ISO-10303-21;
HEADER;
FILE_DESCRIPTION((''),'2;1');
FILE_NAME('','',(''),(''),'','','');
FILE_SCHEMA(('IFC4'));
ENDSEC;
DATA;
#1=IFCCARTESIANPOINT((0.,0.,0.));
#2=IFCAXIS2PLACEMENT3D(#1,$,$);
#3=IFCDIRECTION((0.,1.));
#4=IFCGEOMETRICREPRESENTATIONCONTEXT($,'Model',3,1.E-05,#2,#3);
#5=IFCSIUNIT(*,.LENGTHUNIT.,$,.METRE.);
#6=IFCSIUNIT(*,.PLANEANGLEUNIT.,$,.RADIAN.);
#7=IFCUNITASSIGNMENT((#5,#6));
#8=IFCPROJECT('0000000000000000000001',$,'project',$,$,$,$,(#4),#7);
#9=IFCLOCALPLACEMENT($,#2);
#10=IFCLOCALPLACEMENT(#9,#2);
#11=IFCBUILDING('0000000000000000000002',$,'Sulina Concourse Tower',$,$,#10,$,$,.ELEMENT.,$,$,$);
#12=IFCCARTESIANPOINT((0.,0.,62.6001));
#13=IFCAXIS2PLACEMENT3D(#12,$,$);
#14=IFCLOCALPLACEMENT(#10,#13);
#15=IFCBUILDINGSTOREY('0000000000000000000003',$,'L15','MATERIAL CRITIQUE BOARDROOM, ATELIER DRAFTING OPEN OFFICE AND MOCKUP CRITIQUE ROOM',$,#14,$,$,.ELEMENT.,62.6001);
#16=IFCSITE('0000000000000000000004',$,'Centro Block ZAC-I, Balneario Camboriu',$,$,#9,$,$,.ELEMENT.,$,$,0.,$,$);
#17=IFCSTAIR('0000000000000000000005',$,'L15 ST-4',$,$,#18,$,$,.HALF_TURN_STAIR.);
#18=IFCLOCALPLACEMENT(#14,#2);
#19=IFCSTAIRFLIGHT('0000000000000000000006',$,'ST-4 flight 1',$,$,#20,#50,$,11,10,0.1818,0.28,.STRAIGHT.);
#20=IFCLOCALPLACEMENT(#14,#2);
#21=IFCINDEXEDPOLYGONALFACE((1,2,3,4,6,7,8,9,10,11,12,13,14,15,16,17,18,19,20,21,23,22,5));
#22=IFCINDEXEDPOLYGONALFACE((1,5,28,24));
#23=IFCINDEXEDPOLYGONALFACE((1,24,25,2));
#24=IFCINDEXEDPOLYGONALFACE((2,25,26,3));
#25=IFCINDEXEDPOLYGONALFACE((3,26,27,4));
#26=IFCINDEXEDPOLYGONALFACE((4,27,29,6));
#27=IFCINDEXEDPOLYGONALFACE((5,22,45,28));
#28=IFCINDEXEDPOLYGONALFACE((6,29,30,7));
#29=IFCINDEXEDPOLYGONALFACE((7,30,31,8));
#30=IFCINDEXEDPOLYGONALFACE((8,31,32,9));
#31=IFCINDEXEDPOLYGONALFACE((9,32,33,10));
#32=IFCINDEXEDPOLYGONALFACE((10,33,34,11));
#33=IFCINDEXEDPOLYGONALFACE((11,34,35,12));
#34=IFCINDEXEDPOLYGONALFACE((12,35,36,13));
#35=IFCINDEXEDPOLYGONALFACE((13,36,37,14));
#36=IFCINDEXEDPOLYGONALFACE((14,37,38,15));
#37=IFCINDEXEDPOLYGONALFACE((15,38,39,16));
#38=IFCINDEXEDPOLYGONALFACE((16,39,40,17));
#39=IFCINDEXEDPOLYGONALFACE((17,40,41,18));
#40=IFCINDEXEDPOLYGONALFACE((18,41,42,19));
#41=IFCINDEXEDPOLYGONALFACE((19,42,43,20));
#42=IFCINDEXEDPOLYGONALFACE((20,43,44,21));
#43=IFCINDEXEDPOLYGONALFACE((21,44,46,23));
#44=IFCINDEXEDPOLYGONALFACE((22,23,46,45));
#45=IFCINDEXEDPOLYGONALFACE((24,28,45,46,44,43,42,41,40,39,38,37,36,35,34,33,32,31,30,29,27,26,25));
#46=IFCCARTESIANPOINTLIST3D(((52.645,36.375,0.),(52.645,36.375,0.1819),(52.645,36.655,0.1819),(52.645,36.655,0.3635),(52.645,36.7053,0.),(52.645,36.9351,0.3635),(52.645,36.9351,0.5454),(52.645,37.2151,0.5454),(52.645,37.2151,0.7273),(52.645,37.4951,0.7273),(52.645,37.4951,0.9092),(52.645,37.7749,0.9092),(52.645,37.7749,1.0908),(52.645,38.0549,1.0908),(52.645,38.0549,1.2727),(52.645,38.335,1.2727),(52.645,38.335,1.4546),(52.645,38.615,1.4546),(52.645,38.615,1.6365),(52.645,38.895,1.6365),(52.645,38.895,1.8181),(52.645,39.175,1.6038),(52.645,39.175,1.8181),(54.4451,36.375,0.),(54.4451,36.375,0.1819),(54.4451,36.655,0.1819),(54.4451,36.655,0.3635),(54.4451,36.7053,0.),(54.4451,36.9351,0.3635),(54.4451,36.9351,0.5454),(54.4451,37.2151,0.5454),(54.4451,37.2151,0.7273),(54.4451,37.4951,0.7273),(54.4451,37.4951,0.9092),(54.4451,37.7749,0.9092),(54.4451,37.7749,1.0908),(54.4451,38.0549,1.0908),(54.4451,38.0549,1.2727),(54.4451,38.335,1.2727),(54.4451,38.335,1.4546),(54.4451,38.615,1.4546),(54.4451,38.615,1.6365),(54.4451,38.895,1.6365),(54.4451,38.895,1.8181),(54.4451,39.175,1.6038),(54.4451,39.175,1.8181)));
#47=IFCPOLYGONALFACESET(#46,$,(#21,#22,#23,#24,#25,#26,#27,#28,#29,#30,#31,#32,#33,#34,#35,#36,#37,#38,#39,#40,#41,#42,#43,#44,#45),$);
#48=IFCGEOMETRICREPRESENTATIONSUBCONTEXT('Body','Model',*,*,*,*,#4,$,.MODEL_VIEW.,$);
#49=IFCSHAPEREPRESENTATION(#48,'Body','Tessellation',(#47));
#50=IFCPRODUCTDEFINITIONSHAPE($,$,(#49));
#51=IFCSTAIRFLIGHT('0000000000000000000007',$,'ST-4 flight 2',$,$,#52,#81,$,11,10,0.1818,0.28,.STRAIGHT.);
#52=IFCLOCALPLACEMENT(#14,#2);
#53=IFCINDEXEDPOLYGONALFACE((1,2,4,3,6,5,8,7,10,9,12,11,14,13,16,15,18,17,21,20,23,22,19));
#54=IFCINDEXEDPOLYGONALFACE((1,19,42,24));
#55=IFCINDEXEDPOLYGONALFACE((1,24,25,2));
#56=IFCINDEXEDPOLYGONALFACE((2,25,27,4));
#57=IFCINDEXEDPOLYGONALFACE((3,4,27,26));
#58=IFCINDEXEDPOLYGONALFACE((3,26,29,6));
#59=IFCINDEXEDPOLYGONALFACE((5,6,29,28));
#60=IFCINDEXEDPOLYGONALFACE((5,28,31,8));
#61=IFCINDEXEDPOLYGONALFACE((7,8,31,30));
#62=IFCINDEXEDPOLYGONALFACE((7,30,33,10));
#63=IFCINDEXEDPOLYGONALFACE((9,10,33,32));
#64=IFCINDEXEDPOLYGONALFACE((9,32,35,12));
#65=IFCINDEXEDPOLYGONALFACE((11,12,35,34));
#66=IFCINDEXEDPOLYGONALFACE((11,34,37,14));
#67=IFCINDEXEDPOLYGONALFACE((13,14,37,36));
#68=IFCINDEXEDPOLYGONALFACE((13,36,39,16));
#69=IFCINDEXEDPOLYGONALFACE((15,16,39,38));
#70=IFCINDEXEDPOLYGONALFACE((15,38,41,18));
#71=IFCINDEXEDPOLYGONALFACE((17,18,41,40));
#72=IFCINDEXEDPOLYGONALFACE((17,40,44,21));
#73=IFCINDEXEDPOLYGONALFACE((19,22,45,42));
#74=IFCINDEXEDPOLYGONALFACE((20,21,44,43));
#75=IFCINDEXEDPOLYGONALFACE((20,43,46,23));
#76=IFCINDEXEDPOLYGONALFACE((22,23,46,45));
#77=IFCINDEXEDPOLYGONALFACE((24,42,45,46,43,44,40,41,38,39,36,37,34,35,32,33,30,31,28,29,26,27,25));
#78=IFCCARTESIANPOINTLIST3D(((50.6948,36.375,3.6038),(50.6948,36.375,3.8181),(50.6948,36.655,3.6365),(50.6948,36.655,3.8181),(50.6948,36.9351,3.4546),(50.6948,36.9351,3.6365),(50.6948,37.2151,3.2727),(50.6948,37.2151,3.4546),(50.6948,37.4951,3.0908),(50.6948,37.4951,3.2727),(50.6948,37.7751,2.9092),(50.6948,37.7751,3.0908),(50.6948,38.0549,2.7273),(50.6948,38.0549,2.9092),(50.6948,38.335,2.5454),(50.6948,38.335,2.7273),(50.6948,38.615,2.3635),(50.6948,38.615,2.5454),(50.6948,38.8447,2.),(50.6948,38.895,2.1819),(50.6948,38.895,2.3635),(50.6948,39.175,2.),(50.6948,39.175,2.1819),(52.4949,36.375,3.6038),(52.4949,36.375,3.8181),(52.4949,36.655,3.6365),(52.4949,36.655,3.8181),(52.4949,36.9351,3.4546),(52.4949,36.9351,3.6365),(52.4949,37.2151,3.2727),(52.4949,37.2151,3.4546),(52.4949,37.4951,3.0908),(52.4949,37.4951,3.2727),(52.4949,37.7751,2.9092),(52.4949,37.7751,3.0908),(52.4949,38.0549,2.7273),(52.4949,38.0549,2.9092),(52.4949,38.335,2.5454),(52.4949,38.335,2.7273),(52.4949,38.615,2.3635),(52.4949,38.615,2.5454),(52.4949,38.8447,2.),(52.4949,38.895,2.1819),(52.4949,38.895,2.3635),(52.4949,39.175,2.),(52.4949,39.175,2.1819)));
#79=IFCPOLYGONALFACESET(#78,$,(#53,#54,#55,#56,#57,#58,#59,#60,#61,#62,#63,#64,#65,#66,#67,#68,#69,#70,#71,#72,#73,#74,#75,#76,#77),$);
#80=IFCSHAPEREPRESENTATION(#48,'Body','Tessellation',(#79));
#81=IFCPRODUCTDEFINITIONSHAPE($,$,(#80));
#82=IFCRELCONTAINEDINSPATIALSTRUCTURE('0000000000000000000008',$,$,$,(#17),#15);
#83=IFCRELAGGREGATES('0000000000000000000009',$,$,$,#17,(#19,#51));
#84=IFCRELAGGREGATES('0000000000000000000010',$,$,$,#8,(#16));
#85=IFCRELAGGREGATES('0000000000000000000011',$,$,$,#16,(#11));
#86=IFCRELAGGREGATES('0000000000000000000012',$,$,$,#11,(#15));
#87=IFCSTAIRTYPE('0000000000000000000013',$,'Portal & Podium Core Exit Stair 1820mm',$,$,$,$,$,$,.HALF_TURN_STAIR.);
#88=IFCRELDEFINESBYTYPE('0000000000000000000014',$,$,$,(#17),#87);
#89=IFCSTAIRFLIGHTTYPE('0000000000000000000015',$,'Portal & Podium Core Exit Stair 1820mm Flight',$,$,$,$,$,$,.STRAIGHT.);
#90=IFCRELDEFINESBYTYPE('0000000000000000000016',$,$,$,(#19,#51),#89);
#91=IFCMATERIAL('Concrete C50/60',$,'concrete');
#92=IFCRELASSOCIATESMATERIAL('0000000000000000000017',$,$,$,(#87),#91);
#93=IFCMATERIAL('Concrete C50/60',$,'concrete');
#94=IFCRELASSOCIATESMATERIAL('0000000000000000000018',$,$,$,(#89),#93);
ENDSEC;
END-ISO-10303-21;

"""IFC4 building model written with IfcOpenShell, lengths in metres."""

from ifc_helpers import new_model, si_unit, direction, frame, origin, place, context, subcontext, project, spatial, polyline, outline, extrude, material, type_object, element, aggregate, save


model = new_model("IFC4")

# Units and contexts
model_context = context("Model", 3, precision=1e-05, world=origin(), true_north=direction((0.0, 1.0)))
body_context = subcontext(model_context, "Body", "Model", "MODEL_VIEW")
ifc_project = project(units=[si_unit("LENGTHUNIT", "METRE"), si_unit("PLANEANGLEUNIT", "RADIAN")], contexts=[model_context])

# Site, building, storey
site_placement = place(None, origin())
site = spatial("IfcSite", under=ifc_project, at=site_placement, Name="Centro Block ZAC-I, Balneario Camboriu", CompositionType="ELEMENT", RefElevation=0.0)
building_placement = place(site_placement, origin())
building = spatial("IfcBuilding", under=site, at=building_placement, Name="Sulina Concourse Tower", CompositionType="ELEMENT")
storey_placement = place(building_placement, frame((0.0, 0.0, 62.6001)))
storey = spatial("IfcBuildingStorey", under=building, at=storey_placement, Name="L15", Description="MATERIAL CRITIQUE BOARDROOM, ATELIER DRAFTING OPEN OFFICE AND MOCKUP CRITIQUE ROOM", CompositionType="ELEMENT", Elevation=62.6001)

# Stair, stair flights
ifc_material_1 = material(Name="Concrete C50/60", Category="concrete")
stair_type = type_object("IfcStairType", Name="Portal & Podium Core Exit Stair 1820mm", PredefinedType="HALF_TURN_STAIR", material=ifc_material_1)
stair_placement = place(storey_placement, origin())
stair = element("IfcStair", 1, at=stair_placement, inside=storey, type_object=stair_type, Name="L15 ST-4", PredefinedType="HALF_TURN_STAIR")
ifc_material_2 = material(Name="Concrete C50/60", Category="concrete")
stair_flight_type = type_object("IfcStairFlightType", Name="Portal & Podium Core Exit Stair 1820mm Flight", PredefinedType="STRAIGHT", material=ifc_material_2)
stair_flight_1_placement = place(storey_placement, frame((53.5449, 36.375, 0.0), z_axis=(0.0, 0.0, 1.0), x_axis=(0.0, 1.0, 0.0)))
stair_flight_1 = element("IfcStairFlight", 2, at=stair_flight_1_placement, type_object=stair_flight_type, Name="ST-4 flight 1", NumberOfRisers=11, NumberOfTreads=10, PredefinedType="STRAIGHT", RiserHeight=0.1818, TreadLength=0.28, context=body_context, shape_type="SweptSolid", body=[
    extrude(outline(polyline([(0.0, 0.0), (0.0, 0.1819), (0.28, 0.1819), (0.28, 0.3635), (0.5601, 0.3635), (0.5601, 0.5454), (0.8401, 0.5454), (0.8401, 0.7273), (1.1201, 0.7273), (1.1201, 0.9092), (1.3999, 0.9092), (1.3999, 1.0908), (1.6799, 1.0908), (1.6799, 1.2727), (1.96, 1.2727), (1.96, 1.4546), (2.24, 1.4546), (2.24, 1.6365), (2.52, 1.6365), (2.52, 1.8181), (2.8, 1.8181), (2.8, 2.0), (2.8, 1.6038), (0.3303, 0.0), (0.0, 0.0)])), frame((0.0, 0.8999, 0.0), z_axis=(0.0, -1.0, 0.0), x_axis=(1.0, 0.0, 0.0)), (0.0, 0.0, 1.0), 1.8),
])
stair_flight_2_placement = place(storey_placement, frame((51.595, 39.175, 2.0), z_axis=(0.0, 0.0, 1.0), x_axis=(0.0, -1.0, 0.0)))
stair_flight_2 = element("IfcStairFlight", 3, at=stair_flight_2_placement, type_object=stair_flight_type, Name="ST-4 flight 2", NumberOfRisers=11, NumberOfTreads=10, PredefinedType="STRAIGHT", RiserHeight=0.1818, TreadLength=0.28, context=body_context, shape_type="SweptSolid", body=[
    extrude(outline(polyline([(0.0, 0.0), (0.0, 0.1819), (0.28, 0.1819), (0.28, 0.3635), (0.5601, 0.3635), (0.5601, 0.5454), (0.8401, 0.5454), (0.8401, 0.7273), (1.1201, 0.7273), (1.1201, 0.9092), (1.3999, 0.9092), (1.3999, 1.0908), (1.6799, 1.0908), (1.6799, 1.2727), (1.96, 1.2727), (1.96, 1.4546), (2.24, 1.4546), (2.24, 1.6365), (2.52, 1.6365), (2.52, 1.8181), (2.8, 1.8181), (2.8, 2.0), (2.8, 1.6038), (0.3303, 0.0), (0.0, 0.0)])), frame((0.0, 0.8999, 0.0), z_axis=(0.0, -1.0, 0.0), x_axis=(1.0, 0.0, 0.0)), (0.0, 0.0, 1.0), 1.8),
])
aggregate(stair, [stair_flight_1, stair_flight_2])

save(model, "model.ifc")
